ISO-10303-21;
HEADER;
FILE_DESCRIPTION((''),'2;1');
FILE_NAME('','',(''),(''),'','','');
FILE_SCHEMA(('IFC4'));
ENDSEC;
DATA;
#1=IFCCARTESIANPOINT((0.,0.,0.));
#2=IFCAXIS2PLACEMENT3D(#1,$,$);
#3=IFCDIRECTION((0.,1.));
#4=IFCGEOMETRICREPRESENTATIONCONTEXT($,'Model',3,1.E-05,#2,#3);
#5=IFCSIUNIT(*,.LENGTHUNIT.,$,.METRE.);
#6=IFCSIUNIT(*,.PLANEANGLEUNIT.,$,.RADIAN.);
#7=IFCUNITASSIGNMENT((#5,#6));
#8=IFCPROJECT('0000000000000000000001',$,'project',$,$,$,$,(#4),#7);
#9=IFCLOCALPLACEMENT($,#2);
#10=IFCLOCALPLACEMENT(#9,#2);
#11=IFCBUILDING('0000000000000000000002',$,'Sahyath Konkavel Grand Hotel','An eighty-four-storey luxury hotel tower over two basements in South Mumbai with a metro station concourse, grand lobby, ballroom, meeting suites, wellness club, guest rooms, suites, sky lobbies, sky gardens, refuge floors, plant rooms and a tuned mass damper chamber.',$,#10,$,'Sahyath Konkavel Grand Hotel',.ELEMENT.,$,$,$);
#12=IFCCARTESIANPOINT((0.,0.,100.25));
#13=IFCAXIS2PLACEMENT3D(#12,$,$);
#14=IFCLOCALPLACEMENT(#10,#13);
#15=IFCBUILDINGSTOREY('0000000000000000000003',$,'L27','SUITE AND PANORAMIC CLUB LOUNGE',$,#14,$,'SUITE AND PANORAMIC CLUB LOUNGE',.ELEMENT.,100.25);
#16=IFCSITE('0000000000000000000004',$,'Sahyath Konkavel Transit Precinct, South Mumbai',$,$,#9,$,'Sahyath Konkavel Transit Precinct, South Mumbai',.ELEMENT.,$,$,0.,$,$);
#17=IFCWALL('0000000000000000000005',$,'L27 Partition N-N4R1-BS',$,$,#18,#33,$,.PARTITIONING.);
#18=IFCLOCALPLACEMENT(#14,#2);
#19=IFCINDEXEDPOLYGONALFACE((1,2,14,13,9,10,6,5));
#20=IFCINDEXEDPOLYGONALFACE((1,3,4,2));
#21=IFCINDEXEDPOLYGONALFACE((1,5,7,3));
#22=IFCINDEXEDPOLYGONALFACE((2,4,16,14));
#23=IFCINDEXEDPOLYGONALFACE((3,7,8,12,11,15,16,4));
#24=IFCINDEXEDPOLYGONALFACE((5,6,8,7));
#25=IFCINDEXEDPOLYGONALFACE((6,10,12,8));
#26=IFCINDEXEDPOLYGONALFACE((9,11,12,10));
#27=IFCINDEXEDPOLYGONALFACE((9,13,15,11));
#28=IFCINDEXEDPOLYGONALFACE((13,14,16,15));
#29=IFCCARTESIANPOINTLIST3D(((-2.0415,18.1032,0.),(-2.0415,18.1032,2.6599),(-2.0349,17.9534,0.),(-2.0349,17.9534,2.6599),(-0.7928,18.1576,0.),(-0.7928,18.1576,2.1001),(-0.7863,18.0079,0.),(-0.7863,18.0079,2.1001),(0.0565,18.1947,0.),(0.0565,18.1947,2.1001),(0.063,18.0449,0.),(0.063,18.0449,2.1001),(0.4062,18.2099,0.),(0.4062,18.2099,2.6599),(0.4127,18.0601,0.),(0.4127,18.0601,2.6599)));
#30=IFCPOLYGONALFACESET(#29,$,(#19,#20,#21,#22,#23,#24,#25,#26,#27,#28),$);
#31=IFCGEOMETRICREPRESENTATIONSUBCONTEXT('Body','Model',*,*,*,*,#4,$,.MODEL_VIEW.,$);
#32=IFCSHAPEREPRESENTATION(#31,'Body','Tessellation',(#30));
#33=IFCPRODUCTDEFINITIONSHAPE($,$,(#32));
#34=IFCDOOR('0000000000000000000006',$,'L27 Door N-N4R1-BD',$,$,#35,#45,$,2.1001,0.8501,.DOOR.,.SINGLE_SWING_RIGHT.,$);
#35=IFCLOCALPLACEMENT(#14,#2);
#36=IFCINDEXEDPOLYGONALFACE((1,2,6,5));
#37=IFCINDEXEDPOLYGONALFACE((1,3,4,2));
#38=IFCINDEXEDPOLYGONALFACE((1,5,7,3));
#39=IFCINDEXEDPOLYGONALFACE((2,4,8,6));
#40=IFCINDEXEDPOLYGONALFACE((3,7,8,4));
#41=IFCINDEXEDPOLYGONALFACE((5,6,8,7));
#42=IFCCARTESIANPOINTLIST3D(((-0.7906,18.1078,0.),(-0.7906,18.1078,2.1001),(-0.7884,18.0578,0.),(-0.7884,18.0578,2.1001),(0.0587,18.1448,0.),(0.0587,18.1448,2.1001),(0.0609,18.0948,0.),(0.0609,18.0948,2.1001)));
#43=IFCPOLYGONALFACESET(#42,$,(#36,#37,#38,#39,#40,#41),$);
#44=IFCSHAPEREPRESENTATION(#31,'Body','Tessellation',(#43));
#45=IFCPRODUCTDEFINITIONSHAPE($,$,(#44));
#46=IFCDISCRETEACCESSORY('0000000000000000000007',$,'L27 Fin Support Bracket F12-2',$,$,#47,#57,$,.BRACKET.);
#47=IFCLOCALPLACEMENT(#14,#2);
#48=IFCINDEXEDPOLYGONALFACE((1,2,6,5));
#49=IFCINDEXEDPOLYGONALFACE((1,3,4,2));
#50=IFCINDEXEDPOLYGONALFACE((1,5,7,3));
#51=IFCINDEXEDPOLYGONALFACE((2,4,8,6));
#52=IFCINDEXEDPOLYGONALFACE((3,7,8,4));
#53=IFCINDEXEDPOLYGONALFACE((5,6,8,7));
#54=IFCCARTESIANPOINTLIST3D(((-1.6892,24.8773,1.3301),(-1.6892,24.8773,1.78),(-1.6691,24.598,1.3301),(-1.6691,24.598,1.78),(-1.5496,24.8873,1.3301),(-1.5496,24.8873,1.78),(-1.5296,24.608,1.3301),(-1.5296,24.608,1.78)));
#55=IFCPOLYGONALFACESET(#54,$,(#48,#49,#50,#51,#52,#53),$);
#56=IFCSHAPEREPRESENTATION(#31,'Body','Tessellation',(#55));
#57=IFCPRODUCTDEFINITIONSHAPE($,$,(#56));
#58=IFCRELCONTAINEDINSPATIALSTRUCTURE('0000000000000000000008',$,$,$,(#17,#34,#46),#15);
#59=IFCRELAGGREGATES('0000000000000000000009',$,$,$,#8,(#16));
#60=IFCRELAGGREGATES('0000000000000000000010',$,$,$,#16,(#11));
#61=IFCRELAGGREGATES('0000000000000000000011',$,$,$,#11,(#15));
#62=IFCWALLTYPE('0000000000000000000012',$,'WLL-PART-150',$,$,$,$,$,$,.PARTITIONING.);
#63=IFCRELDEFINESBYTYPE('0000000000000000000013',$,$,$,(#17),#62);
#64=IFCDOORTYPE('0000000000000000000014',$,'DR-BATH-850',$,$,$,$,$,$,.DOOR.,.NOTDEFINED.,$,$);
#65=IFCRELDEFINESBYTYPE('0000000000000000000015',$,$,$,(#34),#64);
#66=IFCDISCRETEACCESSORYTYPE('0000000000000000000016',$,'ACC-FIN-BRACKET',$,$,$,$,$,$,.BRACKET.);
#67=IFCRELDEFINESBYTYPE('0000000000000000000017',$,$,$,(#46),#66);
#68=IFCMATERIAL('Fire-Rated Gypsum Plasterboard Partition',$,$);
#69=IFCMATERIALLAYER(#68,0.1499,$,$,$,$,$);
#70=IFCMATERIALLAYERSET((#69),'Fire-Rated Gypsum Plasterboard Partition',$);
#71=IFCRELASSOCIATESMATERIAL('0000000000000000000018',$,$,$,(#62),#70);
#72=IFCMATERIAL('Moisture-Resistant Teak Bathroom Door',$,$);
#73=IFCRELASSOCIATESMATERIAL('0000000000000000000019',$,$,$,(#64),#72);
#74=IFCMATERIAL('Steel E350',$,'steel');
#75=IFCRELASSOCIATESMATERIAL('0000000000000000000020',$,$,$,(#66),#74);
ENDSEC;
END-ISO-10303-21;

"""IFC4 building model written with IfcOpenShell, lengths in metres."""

from ifc_helpers import new_model, si_unit, direction, frame, frame_2d, origin, origin_2d, place, context, subcontext, project, spatial, rectangle, extrude, source, transform, mapped, material, layer, layer_set, type_object, element, fill, save


model = new_model("IFC4")

# Units and contexts
model_context = context("Model", 3, precision=1e-05, world=origin(), true_north=direction((0.0, 1.0)))
body_context = subcontext(model_context, "Body", "Model", "MODEL_VIEW")
ifc_project = project(units=[si_unit("LENGTHUNIT", "METRE"), si_unit("PLANEANGLEUNIT", "RADIAN")], contexts=[model_context])

# Site, building, storey
site_placement = place(None, origin())
site = spatial("IfcSite", under=ifc_project, at=site_placement, Name="Sahyath Konkavel Transit Precinct, South Mumbai", LongName="Sahyath Konkavel Transit Precinct, South Mumbai", CompositionType="ELEMENT", RefElevation=0.0)
building_placement = place(site_placement, origin())
building = spatial("IfcBuilding", under=site, at=building_placement, Name="Sahyath Konkavel Grand Hotel", Description="An eighty-four-storey luxury hotel tower over two basements in South Mumbai with a metro station concourse, grand lobby, ballroom, meeting suites, wellness club, guest rooms, suites, sky lobbies, sky gardens, refuge floors, plant rooms and a tuned mass damper chamber.", LongName="Sahyath Konkavel Grand Hotel", CompositionType="ELEMENT")
storey_placement = place(building_placement, frame((0.0, 0.0, 100.25)))
storey = spatial("IfcBuildingStorey", under=building, at=storey_placement, Name="L27", Description="SUITE AND PANORAMIC CLUB LOUNGE", LongName="SUITE AND PANORAMIC CLUB LOUNGE", CompositionType="ELEMENT", Elevation=100.25)

# Shared definitions
ifc_material_1 = material(Name="Steel E350", Category="steel")

# Wall, opening, door
ifc_material_2 = material(Name="Fire-Rated Gypsum Plasterboard Partition")
ifc_layer_1 = layer(ifc_material_2, 0.1499)
ifc_layer_set_1 = layer_set([ifc_layer_1], Name="Fire-Rated Gypsum Plasterboard Partition")
wall_type_1 = type_object("IfcWallType", Name="WLL-PART-150", PredefinedType="PARTITIONING", material=ifc_layer_set_1)
wall_1_placement = place(storey_placement, frame((-2.0383, 18.0283, 0.0), z_axis=(0.0, 0.0, 1.0), x_axis=(0.999051, 0.04355, 0.0)))
wall_1 = element("IfcWall", 1, at=wall_1_placement, inside=storey, type_object=wall_type_1, Name="L27 Partition N-N4R1-BS", PredefinedType="PARTITIONING", context=body_context, shape_type="SweptSolid", body=[
    extrude(rectangle(XDim=2.45, YDim=0.1499, at=frame_2d((1.2251, 0.0))), origin(), (0.0, 0.0, 1.0), 2.6599),
])
opening_placement = place(wall_1_placement, frame((1.25, 0.0, 0.0)))
opening = element("IfcOpeningElement", 2, at=opening_placement, cuts=wall_1, PredefinedType="OPENING", context=body_context, shape_type="SweptSolid", body=[
    extrude(rectangle(XDim=0.8501, YDim=2.1001, at=frame_2d((0.425, 1.05))), frame((0.0, 0.085, 0.0), z_axis=(0.0, -1.0, 0.0), x_axis=(1.0, 0.0, 0.0)), (0.0, 0.0, 1.0), 0.1699),
])
ifc_material_3 = material(Name="Moisture-Resistant Teak Bathroom Door")
door_type = type_object("IfcDoorType", Name="DR-BATH-850", OperationType="NOTDEFINED", PredefinedType="DOOR", material=ifc_material_3)
shared_shape_1 = source(origin(), body_context, "Body", "SweptSolid", [
    extrude(rectangle(XDim=0.8501, YDim=0.05, at=origin_2d()), origin(), (0.0, 0.0, 1.0), 2.1001),
])
door_placement = place(opening_placement, frame((0.425, 0.0, 0.0)))
door = element("IfcDoor", 3, at=door_placement, inside=storey, type_object=door_type, Name="L27 Door N-N4R1-BD", OperationType="SINGLE_SWING_RIGHT", OverallHeight=2.1001, OverallWidth=0.8501, PredefinedType="DOOR", context=body_context, shape_type="MappedRepresentation", body=[
    mapped(shared_shape_1, transform((0.0, 0.0, 0.0), scale=1.0)),
])
fill(opening, door)

# Discrete accessory
discrete_accessory_type = type_object("IfcDiscreteAccessoryType", Name="ACC-FIN-BRACKET", PredefinedType="BRACKET", material=ifc_material_1)
shared_shape_2 = source(origin(), body_context, "Body", "SweptSolid", [
    extrude(rectangle(XDim=0.28, YDim=0.1399, at=origin_2d()), origin(), (0.0, 0.0, 1.0), 0.45),
])
discrete_accessory_placement = place(storey_placement, frame((-1.6094, 24.7427, 1.3301), z_axis=(0.0, 0.0, 1.0), x_axis=(-0.071567, 0.997436, 0.0)))
element("IfcDiscreteAccessory", 4, at=discrete_accessory_placement, inside=storey, type_object=discrete_accessory_type, Name="L27 Fin Support Bracket F12-2", PredefinedType="BRACKET", context=body_context, shape_type="MappedRepresentation", body=[
    mapped(shared_shape_2, transform((0.0, 0.0, 0.0), scale=1.0)),
])

save(model, "model.ifc")
